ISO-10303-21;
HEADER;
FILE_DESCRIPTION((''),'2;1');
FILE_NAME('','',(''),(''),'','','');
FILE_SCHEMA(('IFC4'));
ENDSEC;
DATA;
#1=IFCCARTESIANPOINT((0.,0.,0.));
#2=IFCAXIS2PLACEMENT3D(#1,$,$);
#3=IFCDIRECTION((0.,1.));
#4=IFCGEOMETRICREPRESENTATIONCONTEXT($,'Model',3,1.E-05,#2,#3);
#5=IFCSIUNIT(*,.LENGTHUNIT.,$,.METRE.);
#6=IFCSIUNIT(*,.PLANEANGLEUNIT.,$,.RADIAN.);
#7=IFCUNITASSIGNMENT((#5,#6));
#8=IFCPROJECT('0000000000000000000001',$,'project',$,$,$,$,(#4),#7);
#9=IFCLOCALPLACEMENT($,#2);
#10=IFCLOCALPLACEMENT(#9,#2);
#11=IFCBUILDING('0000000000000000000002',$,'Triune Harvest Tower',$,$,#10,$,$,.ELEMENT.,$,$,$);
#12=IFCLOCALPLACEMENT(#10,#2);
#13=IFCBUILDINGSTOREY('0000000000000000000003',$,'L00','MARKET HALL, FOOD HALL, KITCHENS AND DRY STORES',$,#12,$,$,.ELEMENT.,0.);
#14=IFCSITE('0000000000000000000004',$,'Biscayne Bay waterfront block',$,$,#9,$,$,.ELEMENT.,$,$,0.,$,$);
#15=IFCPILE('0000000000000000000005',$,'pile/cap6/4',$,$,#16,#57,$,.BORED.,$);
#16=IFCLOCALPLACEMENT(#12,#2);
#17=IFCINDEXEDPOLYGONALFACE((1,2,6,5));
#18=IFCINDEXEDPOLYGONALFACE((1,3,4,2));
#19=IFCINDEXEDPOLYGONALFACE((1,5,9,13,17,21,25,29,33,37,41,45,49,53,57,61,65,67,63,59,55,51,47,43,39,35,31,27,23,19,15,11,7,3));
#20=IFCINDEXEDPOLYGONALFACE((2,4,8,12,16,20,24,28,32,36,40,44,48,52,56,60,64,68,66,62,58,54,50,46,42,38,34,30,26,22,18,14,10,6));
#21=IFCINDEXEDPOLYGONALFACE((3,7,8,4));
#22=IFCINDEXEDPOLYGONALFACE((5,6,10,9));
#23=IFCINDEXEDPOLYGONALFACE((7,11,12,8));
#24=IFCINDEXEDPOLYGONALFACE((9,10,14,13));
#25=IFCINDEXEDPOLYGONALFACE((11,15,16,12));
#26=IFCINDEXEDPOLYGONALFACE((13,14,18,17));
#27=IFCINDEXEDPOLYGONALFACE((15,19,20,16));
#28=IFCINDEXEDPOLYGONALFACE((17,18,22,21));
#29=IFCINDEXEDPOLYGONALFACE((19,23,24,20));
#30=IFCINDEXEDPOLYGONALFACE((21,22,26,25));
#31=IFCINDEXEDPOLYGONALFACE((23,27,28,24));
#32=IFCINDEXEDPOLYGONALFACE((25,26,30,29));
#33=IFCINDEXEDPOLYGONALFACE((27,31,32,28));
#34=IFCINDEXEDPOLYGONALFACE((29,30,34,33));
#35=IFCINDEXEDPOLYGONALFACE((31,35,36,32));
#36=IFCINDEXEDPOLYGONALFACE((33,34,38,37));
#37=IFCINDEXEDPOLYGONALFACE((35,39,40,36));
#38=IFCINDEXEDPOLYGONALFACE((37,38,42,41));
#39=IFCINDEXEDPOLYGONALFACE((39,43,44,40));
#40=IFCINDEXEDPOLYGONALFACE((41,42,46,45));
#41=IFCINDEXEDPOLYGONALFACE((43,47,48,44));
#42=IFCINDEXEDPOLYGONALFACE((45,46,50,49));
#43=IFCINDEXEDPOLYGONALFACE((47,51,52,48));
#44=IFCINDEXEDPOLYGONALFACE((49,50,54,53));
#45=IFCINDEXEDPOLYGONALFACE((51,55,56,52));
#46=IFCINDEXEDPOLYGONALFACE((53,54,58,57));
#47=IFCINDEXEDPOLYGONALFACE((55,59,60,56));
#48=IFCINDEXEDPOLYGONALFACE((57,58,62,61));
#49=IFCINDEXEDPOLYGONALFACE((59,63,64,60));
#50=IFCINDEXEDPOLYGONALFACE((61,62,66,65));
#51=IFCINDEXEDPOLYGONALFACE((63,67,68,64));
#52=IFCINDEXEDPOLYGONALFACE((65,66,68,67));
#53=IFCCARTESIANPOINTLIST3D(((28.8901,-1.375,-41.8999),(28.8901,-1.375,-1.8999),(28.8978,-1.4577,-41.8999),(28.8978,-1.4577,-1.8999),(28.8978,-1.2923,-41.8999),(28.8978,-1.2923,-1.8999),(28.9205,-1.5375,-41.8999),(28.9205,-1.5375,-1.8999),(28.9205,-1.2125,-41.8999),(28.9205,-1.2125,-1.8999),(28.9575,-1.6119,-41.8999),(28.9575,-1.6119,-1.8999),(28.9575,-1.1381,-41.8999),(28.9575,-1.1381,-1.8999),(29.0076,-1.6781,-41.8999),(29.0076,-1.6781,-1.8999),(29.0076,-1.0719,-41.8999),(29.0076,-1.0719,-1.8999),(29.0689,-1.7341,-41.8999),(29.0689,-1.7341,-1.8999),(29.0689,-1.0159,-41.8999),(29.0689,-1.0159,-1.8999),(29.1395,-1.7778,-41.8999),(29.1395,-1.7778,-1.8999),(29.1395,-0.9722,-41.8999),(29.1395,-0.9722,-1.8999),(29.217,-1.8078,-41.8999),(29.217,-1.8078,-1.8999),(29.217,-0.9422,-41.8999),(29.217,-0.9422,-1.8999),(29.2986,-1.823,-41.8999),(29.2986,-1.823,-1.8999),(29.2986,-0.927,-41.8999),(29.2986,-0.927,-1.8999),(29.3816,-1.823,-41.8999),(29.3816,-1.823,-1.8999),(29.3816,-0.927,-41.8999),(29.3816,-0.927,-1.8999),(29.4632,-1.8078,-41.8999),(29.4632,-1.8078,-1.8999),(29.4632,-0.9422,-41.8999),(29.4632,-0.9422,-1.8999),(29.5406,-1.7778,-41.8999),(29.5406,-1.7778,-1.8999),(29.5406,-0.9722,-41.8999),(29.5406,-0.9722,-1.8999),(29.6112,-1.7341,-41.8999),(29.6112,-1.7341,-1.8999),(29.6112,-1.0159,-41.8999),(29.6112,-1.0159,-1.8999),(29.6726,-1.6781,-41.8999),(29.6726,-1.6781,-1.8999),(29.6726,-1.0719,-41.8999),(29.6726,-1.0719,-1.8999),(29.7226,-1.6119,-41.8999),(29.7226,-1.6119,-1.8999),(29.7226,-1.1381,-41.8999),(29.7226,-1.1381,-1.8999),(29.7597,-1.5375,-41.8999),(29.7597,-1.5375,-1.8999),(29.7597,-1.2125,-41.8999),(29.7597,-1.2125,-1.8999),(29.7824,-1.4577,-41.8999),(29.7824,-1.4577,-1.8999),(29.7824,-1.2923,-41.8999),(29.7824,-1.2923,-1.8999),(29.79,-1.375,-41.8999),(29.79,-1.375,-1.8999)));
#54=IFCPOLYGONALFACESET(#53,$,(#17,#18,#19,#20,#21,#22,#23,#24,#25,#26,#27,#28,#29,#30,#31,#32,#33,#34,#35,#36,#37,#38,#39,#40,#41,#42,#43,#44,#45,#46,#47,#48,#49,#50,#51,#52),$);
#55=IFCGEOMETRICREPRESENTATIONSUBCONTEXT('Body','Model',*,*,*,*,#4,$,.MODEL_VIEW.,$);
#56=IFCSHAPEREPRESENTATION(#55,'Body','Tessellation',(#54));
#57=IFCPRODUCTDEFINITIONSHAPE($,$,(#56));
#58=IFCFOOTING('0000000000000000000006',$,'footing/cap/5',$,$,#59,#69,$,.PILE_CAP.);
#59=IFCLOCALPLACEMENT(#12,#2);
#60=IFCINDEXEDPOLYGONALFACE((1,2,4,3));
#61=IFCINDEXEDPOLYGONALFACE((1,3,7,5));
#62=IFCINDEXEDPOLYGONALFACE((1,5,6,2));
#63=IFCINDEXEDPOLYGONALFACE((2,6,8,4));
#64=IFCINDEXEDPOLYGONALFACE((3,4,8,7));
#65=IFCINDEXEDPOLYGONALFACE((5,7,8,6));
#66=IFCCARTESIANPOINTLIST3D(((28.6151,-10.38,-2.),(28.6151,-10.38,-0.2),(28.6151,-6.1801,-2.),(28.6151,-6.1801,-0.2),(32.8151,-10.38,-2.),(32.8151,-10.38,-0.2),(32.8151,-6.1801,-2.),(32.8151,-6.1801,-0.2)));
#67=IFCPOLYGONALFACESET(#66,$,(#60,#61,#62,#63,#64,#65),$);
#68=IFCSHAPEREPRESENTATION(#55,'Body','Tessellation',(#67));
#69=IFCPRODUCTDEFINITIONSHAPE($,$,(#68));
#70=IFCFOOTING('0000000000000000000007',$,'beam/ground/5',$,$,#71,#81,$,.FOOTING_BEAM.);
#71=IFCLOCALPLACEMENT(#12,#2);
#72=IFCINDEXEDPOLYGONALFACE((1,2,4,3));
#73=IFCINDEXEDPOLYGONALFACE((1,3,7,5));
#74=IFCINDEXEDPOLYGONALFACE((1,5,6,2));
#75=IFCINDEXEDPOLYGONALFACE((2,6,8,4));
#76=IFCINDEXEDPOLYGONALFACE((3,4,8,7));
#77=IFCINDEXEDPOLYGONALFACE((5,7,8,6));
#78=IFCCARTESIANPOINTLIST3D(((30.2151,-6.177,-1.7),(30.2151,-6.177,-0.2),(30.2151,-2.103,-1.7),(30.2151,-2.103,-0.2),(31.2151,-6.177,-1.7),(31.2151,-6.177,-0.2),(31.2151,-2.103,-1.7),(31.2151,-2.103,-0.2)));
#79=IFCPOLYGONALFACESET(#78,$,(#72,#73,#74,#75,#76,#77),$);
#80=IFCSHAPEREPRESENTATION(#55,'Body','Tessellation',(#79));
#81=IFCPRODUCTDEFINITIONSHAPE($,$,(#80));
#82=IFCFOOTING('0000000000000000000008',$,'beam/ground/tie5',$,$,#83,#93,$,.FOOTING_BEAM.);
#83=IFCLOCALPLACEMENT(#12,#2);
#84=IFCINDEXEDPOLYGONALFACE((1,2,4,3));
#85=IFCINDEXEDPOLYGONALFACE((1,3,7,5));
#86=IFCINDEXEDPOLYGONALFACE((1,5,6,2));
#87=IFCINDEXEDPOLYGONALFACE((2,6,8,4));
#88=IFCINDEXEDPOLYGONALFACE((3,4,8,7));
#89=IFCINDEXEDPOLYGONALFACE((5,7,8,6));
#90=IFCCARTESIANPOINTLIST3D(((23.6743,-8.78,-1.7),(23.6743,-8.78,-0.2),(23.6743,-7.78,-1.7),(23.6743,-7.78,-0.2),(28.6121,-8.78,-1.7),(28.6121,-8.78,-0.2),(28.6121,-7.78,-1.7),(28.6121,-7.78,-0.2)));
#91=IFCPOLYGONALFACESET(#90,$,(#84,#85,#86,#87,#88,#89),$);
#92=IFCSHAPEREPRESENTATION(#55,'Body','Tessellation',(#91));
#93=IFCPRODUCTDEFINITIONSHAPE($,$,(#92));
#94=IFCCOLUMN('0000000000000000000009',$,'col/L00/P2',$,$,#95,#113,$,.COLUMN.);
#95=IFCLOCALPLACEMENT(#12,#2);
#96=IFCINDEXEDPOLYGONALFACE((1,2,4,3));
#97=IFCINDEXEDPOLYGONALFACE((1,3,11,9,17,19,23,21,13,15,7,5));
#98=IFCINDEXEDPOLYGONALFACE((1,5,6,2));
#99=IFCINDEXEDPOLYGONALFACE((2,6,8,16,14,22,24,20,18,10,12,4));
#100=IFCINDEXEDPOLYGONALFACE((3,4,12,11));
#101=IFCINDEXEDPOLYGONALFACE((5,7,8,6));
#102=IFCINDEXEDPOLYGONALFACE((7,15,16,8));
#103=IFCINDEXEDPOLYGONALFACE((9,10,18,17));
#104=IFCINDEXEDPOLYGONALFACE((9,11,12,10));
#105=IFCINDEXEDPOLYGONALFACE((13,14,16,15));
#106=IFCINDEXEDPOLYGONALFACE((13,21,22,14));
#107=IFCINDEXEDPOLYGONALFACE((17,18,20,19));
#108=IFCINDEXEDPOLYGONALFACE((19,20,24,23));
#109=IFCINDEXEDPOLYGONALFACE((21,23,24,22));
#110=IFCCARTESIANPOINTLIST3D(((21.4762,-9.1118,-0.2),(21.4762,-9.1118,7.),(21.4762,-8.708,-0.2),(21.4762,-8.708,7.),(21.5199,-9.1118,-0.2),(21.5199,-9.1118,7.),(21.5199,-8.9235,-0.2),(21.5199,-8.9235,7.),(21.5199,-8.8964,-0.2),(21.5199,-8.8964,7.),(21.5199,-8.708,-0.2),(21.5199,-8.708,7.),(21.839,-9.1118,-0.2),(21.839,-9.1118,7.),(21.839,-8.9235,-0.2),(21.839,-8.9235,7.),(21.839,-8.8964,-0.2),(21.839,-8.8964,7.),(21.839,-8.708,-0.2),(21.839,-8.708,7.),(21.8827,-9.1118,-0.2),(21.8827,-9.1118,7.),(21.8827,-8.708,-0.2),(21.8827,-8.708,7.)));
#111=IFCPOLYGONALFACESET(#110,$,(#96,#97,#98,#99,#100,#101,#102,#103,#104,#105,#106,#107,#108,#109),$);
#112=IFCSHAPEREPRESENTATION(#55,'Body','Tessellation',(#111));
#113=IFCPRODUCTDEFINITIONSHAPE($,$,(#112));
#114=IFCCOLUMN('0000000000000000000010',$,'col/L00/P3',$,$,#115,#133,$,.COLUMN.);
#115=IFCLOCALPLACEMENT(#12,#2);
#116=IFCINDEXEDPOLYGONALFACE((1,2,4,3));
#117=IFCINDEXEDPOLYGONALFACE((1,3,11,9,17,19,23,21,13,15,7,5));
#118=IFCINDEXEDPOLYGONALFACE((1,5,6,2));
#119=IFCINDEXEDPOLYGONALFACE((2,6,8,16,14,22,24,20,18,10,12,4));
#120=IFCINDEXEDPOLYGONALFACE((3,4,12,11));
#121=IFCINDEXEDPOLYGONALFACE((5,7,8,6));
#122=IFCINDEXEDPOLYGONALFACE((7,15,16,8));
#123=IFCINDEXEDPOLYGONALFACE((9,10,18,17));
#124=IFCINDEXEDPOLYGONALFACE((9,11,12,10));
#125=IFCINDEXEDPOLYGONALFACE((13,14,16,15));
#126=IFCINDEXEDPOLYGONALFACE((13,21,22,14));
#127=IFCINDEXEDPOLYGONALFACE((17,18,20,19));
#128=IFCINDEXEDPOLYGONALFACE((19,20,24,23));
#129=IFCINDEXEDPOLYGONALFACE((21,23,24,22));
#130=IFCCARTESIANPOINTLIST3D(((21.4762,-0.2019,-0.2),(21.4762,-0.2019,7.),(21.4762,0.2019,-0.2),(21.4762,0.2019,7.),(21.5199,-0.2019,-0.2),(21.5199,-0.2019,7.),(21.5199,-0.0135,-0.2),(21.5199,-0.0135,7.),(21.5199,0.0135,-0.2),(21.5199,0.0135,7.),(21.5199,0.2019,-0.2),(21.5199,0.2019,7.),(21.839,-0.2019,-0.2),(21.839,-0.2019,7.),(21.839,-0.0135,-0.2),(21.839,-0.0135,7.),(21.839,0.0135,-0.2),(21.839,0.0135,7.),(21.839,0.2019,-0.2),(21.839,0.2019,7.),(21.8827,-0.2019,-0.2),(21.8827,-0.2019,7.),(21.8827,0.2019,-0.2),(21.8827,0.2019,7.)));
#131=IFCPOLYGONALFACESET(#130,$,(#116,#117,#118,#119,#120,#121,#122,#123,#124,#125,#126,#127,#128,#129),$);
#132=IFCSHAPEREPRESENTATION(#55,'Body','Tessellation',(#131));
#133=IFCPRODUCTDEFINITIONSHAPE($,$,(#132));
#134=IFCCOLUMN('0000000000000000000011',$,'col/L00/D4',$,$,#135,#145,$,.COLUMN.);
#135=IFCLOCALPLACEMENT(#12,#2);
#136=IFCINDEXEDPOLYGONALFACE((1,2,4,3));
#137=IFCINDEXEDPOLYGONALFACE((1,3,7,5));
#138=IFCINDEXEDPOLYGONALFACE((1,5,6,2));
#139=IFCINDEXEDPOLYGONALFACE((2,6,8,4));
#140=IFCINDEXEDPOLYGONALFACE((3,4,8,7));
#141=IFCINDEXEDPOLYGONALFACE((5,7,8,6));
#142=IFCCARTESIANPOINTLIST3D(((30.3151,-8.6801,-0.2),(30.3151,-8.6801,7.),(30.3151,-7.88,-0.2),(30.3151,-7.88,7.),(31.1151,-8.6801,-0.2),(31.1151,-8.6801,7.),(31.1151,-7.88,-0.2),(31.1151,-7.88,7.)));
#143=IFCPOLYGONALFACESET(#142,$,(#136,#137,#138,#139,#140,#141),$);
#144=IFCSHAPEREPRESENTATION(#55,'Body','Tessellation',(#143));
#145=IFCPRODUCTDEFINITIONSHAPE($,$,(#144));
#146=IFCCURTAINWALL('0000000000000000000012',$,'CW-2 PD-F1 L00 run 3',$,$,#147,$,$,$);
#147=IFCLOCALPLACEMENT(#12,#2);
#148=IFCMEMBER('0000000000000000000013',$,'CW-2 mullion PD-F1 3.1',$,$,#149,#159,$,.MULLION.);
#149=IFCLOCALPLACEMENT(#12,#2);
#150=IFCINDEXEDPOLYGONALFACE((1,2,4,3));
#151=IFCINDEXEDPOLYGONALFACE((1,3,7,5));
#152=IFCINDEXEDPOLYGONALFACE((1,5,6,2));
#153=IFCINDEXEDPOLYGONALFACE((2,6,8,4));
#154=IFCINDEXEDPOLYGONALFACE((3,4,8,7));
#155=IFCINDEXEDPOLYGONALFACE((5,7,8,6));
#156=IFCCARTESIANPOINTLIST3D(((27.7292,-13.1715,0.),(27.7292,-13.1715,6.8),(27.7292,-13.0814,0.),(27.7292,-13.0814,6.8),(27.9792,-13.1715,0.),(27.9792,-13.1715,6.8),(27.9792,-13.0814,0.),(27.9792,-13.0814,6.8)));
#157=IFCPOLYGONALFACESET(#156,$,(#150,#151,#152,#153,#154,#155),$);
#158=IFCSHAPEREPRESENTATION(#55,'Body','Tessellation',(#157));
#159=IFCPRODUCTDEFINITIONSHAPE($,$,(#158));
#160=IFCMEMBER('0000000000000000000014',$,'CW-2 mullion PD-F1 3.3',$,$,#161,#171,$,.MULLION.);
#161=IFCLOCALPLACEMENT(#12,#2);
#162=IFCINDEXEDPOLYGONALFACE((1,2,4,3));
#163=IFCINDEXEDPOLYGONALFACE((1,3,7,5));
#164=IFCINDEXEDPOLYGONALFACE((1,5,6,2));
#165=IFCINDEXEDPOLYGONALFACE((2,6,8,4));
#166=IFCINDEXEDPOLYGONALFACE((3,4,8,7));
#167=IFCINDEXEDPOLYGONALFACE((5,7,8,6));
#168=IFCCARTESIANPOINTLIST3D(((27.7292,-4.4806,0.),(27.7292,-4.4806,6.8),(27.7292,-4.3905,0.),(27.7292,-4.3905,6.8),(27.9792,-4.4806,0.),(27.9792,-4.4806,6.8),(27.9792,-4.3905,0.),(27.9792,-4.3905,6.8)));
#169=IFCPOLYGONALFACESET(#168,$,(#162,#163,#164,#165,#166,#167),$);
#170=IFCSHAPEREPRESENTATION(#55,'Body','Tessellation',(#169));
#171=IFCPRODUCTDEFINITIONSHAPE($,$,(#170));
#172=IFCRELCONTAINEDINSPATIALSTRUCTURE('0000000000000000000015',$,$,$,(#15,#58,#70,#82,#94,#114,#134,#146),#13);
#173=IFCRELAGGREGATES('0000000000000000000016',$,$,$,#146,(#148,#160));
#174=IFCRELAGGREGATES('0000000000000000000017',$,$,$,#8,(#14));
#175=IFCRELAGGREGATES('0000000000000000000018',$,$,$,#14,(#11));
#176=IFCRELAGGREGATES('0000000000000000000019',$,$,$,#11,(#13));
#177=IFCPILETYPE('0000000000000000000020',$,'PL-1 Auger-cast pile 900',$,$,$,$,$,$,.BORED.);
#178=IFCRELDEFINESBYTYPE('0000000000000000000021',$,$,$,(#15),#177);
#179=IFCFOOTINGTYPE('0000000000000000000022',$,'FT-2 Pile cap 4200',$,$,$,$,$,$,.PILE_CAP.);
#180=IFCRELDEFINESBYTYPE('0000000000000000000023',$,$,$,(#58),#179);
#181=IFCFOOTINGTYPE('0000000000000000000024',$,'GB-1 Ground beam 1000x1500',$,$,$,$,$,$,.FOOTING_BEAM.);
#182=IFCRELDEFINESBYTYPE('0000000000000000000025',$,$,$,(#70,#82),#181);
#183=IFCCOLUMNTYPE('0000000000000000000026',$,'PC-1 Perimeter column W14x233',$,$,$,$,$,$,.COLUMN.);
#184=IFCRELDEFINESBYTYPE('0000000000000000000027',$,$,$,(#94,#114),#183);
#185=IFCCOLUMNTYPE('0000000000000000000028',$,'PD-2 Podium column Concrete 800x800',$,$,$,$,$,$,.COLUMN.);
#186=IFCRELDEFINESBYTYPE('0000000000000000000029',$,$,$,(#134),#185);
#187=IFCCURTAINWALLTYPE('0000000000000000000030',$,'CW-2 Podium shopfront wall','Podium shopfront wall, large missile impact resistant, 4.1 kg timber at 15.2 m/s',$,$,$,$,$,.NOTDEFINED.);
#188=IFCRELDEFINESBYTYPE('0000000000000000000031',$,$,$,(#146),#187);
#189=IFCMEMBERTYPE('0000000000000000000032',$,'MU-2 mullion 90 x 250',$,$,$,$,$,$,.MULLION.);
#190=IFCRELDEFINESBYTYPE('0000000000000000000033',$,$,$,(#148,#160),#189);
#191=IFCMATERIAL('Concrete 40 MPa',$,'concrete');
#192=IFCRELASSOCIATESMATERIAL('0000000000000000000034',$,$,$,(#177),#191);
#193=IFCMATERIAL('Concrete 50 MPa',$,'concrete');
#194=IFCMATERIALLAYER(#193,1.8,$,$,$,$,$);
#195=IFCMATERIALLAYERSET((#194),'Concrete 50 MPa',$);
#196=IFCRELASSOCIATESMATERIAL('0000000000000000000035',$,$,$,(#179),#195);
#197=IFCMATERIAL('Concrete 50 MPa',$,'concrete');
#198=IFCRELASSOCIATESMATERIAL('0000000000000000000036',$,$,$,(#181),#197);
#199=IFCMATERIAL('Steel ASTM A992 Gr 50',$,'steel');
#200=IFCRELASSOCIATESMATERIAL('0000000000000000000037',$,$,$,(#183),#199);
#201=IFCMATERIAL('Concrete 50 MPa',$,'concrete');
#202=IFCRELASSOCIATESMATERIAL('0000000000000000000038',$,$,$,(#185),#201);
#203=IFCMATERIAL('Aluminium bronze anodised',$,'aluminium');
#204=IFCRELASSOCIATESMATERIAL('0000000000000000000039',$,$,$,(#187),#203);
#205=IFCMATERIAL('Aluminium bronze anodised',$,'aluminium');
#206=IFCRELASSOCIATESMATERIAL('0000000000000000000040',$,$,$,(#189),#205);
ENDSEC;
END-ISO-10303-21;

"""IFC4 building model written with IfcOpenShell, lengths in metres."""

from ifc_helpers import new_model, si_unit, direction, frame, origin, origin_2d, place, context, subcontext, project, spatial, rectangle, circle, i_section, extrude, source, transform, mapped, material, layer, layer_set, material_profile, profile_set, type_object, element, aggregate, save


model = new_model("IFC4")

# Units and contexts
model_context = context("Model", 3, precision=1e-05, world=origin(), true_north=direction((0.0, 1.0)))
body_context = subcontext(model_context, "Body", "Model", "MODEL_VIEW")
ifc_project = project(units=[si_unit("LENGTHUNIT", "METRE"), si_unit("PLANEANGLEUNIT", "RADIAN")], contexts=[model_context])

# Site, building, storey
site_placement = place(None, origin())
site = spatial("IfcSite", under=ifc_project, at=site_placement, Name="Biscayne Bay waterfront block", CompositionType="ELEMENT", RefElevation=0.0)
building_placement = place(site_placement, origin())
building = spatial("IfcBuilding", under=site, at=building_placement, Name="Triune Harvest Tower", CompositionType="ELEMENT")
storey_placement = place(building_placement, origin())
storey = spatial("IfcBuildingStorey", under=building, at=storey_placement, Name="L00", Description="MARKET HALL, FOOD HALL, KITCHENS AND DRY STORES", CompositionType="ELEMENT", Elevation=0.0)

# Pile
ifc_material_1 = material(Name="Concrete 40 MPa", Category="concrete")
ifc_material_profile_1 = material_profile(ifc_material_1, circle(Radius=0.45, at=origin_2d()), Name="Bored 900")
ifc_profile_set_1 = profile_set([ifc_material_profile_1], Name="Concrete 40 MPa")
pile_type = type_object("IfcPileType", Name="PL-1 Auger-cast pile 900", PredefinedType="BORED", material=ifc_profile_set_1)
shared_shape_1 = source(origin(), body_context, "Body", "SweptSolid", [
    extrude(circle(Radius=0.45, at=origin_2d()), origin(), (0.0, 0.0, 1.0), 40.0),
])
for number, where, z_axis, x_axis, name in (
    (1, (29.3401, -1.375, -1.8999), (0.0, 0.0, -1.0), (1.0, 0.0, 0.0), "pile/cap6/4"),
):
    element("IfcPile", number, at=place(storey_placement, frame(where, z_axis=z_axis, x_axis=x_axis)), inside=storey, type_object=pile_type, Name=name, PredefinedType="BORED", context=body_context, shape_type="MappedRepresentation", body=[
        mapped(shared_shape_1, transform((0.0, 0.0, 0.0), scale=1.0)),
    ])

# Footings
ifc_material_2 = material(Name="Concrete 50 MPa", Category="concrete")
ifc_layer_1 = layer(ifc_material_2, 1.8)
ifc_layer_set_1 = layer_set([ifc_layer_1], Name="Concrete 50 MPa")
footing_type_1 = type_object("IfcFootingType", Name="FT-2 Pile cap 4200", PredefinedType="PILE_CAP", material=ifc_layer_set_1)
shared_shape_2 = source(origin(), body_context, "Body", "SweptSolid", [
    extrude(rectangle(XDim=4.2, YDim=4.2, at=origin_2d()), origin(), (0.0, 0.0, 1.0), 1.8),
])
footing_1_placement = place(storey_placement, frame((30.7151, -8.28, -2.0), z_axis=(0.0, 0.0, 1.0), x_axis=(0.0, 1.0, 0.0)))
element("IfcFooting", 2, at=footing_1_placement, inside=storey, type_object=footing_type_1, Name="footing/cap/5", PredefinedType="PILE_CAP", context=body_context, shape_type="MappedRepresentation", body=[
    mapped(shared_shape_2, transform((0.0, 0.0, 0.0), scale=1.0)),
])
ifc_material_3 = material(Name="Concrete 50 MPa", Category="concrete")
ifc_material_profile_2 = material_profile(ifc_material_3, rectangle(XDim=1.0, YDim=1.5, at=origin_2d()), Name="Concrete 1000x1500")
ifc_profile_set_2 = profile_set([ifc_material_profile_2], Name="Concrete 50 MPa")
footing_type_2 = type_object("IfcFootingType", Name="GB-1 Ground beam 1000x1500", PredefinedType="FOOTING_BEAM", material=ifc_profile_set_2)
shared_shape_3 = source(origin(), body_context, "Body", "SweptSolid", [
    extrude(rectangle(XDim=1.0, YDim=1.5, at=origin_2d()), origin(), (0.0, 0.0, 1.0), 4.074),
])
footing_2_placement = place(storey_placement, frame((30.7151, -6.177, -0.95), z_axis=(0.0, 1.0, 0.0), x_axis=(-1.0, 0.0, 0.0)))
element("IfcFooting", 3, at=footing_2_placement, inside=storey, type_object=footing_type_2, Name="beam/ground/5", PredefinedType="FOOTING_BEAM", context=body_context, shape_type="MappedRepresentation", body=[
    mapped(shared_shape_3, transform((0.0, 0.0, 0.0), scale=1.0)),
])
shared_shape_4 = source(origin(), body_context, "Body", "SweptSolid", [
    extrude(rectangle(XDim=1.0, YDim=1.5, at=origin_2d()), origin(), (0.0, 0.0, 1.0), 4.9377),
])
footing_3_placement = place(storey_placement, frame((28.6121, -8.28, -0.95), z_axis=(-1.0, 0.0, 0.0), x_axis=(0.0, -1.0, 0.0)))
element("IfcFooting", 4, at=footing_3_placement, inside=storey, type_object=footing_type_2, Name="beam/ground/tie5", PredefinedType="FOOTING_BEAM", context=body_context, shape_type="MappedRepresentation", body=[
    mapped(shared_shape_4, transform((0.0, 0.0, 0.0), scale=1.0)),
])

# Columns
ifc_material_4 = material(Name="Steel ASTM A992 Gr 50", Category="steel")
ifc_material_profile_3 = material_profile(ifc_material_4, i_section(OverallWidth=0.4038, OverallDepth=0.4065, WebThickness=0.0271, FlangeThickness=0.0437, at=origin_2d()), Name="W14x233")
ifc_profile_set_3 = profile_set([ifc_material_profile_3], Name="Steel ASTM A992 Gr 50")
column_type_1 = type_object("IfcColumnType", Name="PC-1 Perimeter column W14x233", PredefinedType="COLUMN", material=ifc_profile_set_3)
shared_shape_5 = source(origin(), body_context, "Body", "SweptSolid", [
    extrude(i_section(OverallWidth=0.4038, OverallDepth=0.4065, WebThickness=0.0271, FlangeThickness=0.0437, at=origin_2d()), origin(), (0.0, 0.0, 1.0), 7.2),
])
for number, where, z_axis, x_axis, name in (
    (5, (21.6794, -8.9099, -0.2), (0.0, 0.0, 1.0), (0.0, 1.0, 0.0), "col/L00/P2"),
    (6, (21.6794, 0.0, -0.2), (0.0, 0.0, 1.0), (0.0, 1.0, 0.0), "col/L00/P3"),
):
    element("IfcColumn", number, at=place(storey_placement, frame(where, z_axis=z_axis, x_axis=x_axis)), inside=storey, type_object=column_type_1, Name=name, PredefinedType="COLUMN", context=body_context, shape_type="MappedRepresentation", body=[
        mapped(shared_shape_5, transform((0.0, 0.0, 0.0), scale=1.0)),
    ])
ifc_material_5 = material(Name="Concrete 50 MPa", Category="concrete")
ifc_material_profile_4 = material_profile(ifc_material_5, rectangle(XDim=0.8, YDim=0.8, at=origin_2d()), Name="Concrete 800x800")
ifc_profile_set_4 = profile_set([ifc_material_profile_4], Name="Concrete 50 MPa")
column_type_2 = type_object("IfcColumnType", Name="PD-2 Podium column Concrete 800x800", PredefinedType="COLUMN", material=ifc_profile_set_4)
shared_shape_6 = source(origin(), body_context, "Body", "SweptSolid", [
    extrude(rectangle(XDim=0.8, YDim=0.8, at=origin_2d()), origin(), (0.0, 0.0, 1.0), 7.2),
])
column_placement = place(storey_placement, frame((30.7151, -8.28, -0.2), z_axis=(0.0, 0.0, 1.0), x_axis=(0.0, 1.0, 0.0)))
element("IfcColumn", 7, at=column_placement, inside=storey, type_object=column_type_2, Name="col/L00/D4", PredefinedType="COLUMN", context=body_context, shape_type="MappedRepresentation", body=[
    mapped(shared_shape_6, transform((0.0, 0.0, 0.0), scale=1.0)),
])

# Curtain wall, members
ifc_material_6 = material(Name="Aluminium bronze anodised", Category="aluminium")
curtain_wall_type = type_object("IfcCurtainWallType", Name="CW-2 Podium shopfront wall", Description="Podium shopfront wall, large missile impact resistant, 4.1 kg timber at 15.2 m/s", PredefinedType="NOTDEFINED", material=ifc_material_6)
curtain_wall_placement = place(storey_placement, origin())
curtain_wall = element("IfcCurtainWall", 8, at=curtain_wall_placement, inside=storey, type_object=curtain_wall_type, Name="CW-2 PD-F1 L00 run 3")
ifc_material_7 = material(Name="Aluminium bronze anodised", Category="aluminium")
ifc_material_profile_5 = material_profile(ifc_material_7, rectangle(XDim=0.25, YDim=0.0901, at=origin_2d()), Name="MU-2 mullion 90 x 250")
ifc_profile_set_5 = profile_set([ifc_material_profile_5], Name="Aluminium bronze anodised")
member_type_1 = type_object("IfcMemberType", Name="MU-2 mullion 90 x 250", PredefinedType="MULLION", material=ifc_profile_set_5)
shared_shape_7 = source(origin(), body_context, "Body", "SweptSolid", [
    extrude(rectangle(XDim=0.25, YDim=0.0901, at=origin_2d()), origin(), (0.0, 0.0, 1.0), 6.8),
])
member_1_placement = place(storey_placement, frame((27.8542, -13.1265, 0.0), z_axis=(0.0, 0.0, 1.0), x_axis=(-1.0, 0.0, 0.0)))
member_1 = element("IfcMember", 9, at=member_1_placement, type_object=member_type_1, Name="CW-2 mullion PD-F1 3.1", PredefinedType="MULLION", context=body_context, shape_type="MappedRepresentation", body=[
    mapped(shared_shape_7, transform((0.0, 0.0, 0.0), scale=1.0)),
])
member_2_placement = place(storey_placement, frame((27.8542, -4.4355, 0.0), z_axis=(0.0, 0.0, 1.0), x_axis=(-1.0, 0.0, 0.0)))
member_2 = element("IfcMember", 10, at=member_2_placement, type_object=member_type_1, Name="CW-2 mullion PD-F1 3.3", PredefinedType="MULLION", context=body_context, shape_type="MappedRepresentation", body=[
    mapped(shared_shape_7, transform((0.0, 0.0, 0.0), scale=1.0)),
])
aggregate(curtain_wall, [member_1, member_2])

save(model, "model.ifc")
